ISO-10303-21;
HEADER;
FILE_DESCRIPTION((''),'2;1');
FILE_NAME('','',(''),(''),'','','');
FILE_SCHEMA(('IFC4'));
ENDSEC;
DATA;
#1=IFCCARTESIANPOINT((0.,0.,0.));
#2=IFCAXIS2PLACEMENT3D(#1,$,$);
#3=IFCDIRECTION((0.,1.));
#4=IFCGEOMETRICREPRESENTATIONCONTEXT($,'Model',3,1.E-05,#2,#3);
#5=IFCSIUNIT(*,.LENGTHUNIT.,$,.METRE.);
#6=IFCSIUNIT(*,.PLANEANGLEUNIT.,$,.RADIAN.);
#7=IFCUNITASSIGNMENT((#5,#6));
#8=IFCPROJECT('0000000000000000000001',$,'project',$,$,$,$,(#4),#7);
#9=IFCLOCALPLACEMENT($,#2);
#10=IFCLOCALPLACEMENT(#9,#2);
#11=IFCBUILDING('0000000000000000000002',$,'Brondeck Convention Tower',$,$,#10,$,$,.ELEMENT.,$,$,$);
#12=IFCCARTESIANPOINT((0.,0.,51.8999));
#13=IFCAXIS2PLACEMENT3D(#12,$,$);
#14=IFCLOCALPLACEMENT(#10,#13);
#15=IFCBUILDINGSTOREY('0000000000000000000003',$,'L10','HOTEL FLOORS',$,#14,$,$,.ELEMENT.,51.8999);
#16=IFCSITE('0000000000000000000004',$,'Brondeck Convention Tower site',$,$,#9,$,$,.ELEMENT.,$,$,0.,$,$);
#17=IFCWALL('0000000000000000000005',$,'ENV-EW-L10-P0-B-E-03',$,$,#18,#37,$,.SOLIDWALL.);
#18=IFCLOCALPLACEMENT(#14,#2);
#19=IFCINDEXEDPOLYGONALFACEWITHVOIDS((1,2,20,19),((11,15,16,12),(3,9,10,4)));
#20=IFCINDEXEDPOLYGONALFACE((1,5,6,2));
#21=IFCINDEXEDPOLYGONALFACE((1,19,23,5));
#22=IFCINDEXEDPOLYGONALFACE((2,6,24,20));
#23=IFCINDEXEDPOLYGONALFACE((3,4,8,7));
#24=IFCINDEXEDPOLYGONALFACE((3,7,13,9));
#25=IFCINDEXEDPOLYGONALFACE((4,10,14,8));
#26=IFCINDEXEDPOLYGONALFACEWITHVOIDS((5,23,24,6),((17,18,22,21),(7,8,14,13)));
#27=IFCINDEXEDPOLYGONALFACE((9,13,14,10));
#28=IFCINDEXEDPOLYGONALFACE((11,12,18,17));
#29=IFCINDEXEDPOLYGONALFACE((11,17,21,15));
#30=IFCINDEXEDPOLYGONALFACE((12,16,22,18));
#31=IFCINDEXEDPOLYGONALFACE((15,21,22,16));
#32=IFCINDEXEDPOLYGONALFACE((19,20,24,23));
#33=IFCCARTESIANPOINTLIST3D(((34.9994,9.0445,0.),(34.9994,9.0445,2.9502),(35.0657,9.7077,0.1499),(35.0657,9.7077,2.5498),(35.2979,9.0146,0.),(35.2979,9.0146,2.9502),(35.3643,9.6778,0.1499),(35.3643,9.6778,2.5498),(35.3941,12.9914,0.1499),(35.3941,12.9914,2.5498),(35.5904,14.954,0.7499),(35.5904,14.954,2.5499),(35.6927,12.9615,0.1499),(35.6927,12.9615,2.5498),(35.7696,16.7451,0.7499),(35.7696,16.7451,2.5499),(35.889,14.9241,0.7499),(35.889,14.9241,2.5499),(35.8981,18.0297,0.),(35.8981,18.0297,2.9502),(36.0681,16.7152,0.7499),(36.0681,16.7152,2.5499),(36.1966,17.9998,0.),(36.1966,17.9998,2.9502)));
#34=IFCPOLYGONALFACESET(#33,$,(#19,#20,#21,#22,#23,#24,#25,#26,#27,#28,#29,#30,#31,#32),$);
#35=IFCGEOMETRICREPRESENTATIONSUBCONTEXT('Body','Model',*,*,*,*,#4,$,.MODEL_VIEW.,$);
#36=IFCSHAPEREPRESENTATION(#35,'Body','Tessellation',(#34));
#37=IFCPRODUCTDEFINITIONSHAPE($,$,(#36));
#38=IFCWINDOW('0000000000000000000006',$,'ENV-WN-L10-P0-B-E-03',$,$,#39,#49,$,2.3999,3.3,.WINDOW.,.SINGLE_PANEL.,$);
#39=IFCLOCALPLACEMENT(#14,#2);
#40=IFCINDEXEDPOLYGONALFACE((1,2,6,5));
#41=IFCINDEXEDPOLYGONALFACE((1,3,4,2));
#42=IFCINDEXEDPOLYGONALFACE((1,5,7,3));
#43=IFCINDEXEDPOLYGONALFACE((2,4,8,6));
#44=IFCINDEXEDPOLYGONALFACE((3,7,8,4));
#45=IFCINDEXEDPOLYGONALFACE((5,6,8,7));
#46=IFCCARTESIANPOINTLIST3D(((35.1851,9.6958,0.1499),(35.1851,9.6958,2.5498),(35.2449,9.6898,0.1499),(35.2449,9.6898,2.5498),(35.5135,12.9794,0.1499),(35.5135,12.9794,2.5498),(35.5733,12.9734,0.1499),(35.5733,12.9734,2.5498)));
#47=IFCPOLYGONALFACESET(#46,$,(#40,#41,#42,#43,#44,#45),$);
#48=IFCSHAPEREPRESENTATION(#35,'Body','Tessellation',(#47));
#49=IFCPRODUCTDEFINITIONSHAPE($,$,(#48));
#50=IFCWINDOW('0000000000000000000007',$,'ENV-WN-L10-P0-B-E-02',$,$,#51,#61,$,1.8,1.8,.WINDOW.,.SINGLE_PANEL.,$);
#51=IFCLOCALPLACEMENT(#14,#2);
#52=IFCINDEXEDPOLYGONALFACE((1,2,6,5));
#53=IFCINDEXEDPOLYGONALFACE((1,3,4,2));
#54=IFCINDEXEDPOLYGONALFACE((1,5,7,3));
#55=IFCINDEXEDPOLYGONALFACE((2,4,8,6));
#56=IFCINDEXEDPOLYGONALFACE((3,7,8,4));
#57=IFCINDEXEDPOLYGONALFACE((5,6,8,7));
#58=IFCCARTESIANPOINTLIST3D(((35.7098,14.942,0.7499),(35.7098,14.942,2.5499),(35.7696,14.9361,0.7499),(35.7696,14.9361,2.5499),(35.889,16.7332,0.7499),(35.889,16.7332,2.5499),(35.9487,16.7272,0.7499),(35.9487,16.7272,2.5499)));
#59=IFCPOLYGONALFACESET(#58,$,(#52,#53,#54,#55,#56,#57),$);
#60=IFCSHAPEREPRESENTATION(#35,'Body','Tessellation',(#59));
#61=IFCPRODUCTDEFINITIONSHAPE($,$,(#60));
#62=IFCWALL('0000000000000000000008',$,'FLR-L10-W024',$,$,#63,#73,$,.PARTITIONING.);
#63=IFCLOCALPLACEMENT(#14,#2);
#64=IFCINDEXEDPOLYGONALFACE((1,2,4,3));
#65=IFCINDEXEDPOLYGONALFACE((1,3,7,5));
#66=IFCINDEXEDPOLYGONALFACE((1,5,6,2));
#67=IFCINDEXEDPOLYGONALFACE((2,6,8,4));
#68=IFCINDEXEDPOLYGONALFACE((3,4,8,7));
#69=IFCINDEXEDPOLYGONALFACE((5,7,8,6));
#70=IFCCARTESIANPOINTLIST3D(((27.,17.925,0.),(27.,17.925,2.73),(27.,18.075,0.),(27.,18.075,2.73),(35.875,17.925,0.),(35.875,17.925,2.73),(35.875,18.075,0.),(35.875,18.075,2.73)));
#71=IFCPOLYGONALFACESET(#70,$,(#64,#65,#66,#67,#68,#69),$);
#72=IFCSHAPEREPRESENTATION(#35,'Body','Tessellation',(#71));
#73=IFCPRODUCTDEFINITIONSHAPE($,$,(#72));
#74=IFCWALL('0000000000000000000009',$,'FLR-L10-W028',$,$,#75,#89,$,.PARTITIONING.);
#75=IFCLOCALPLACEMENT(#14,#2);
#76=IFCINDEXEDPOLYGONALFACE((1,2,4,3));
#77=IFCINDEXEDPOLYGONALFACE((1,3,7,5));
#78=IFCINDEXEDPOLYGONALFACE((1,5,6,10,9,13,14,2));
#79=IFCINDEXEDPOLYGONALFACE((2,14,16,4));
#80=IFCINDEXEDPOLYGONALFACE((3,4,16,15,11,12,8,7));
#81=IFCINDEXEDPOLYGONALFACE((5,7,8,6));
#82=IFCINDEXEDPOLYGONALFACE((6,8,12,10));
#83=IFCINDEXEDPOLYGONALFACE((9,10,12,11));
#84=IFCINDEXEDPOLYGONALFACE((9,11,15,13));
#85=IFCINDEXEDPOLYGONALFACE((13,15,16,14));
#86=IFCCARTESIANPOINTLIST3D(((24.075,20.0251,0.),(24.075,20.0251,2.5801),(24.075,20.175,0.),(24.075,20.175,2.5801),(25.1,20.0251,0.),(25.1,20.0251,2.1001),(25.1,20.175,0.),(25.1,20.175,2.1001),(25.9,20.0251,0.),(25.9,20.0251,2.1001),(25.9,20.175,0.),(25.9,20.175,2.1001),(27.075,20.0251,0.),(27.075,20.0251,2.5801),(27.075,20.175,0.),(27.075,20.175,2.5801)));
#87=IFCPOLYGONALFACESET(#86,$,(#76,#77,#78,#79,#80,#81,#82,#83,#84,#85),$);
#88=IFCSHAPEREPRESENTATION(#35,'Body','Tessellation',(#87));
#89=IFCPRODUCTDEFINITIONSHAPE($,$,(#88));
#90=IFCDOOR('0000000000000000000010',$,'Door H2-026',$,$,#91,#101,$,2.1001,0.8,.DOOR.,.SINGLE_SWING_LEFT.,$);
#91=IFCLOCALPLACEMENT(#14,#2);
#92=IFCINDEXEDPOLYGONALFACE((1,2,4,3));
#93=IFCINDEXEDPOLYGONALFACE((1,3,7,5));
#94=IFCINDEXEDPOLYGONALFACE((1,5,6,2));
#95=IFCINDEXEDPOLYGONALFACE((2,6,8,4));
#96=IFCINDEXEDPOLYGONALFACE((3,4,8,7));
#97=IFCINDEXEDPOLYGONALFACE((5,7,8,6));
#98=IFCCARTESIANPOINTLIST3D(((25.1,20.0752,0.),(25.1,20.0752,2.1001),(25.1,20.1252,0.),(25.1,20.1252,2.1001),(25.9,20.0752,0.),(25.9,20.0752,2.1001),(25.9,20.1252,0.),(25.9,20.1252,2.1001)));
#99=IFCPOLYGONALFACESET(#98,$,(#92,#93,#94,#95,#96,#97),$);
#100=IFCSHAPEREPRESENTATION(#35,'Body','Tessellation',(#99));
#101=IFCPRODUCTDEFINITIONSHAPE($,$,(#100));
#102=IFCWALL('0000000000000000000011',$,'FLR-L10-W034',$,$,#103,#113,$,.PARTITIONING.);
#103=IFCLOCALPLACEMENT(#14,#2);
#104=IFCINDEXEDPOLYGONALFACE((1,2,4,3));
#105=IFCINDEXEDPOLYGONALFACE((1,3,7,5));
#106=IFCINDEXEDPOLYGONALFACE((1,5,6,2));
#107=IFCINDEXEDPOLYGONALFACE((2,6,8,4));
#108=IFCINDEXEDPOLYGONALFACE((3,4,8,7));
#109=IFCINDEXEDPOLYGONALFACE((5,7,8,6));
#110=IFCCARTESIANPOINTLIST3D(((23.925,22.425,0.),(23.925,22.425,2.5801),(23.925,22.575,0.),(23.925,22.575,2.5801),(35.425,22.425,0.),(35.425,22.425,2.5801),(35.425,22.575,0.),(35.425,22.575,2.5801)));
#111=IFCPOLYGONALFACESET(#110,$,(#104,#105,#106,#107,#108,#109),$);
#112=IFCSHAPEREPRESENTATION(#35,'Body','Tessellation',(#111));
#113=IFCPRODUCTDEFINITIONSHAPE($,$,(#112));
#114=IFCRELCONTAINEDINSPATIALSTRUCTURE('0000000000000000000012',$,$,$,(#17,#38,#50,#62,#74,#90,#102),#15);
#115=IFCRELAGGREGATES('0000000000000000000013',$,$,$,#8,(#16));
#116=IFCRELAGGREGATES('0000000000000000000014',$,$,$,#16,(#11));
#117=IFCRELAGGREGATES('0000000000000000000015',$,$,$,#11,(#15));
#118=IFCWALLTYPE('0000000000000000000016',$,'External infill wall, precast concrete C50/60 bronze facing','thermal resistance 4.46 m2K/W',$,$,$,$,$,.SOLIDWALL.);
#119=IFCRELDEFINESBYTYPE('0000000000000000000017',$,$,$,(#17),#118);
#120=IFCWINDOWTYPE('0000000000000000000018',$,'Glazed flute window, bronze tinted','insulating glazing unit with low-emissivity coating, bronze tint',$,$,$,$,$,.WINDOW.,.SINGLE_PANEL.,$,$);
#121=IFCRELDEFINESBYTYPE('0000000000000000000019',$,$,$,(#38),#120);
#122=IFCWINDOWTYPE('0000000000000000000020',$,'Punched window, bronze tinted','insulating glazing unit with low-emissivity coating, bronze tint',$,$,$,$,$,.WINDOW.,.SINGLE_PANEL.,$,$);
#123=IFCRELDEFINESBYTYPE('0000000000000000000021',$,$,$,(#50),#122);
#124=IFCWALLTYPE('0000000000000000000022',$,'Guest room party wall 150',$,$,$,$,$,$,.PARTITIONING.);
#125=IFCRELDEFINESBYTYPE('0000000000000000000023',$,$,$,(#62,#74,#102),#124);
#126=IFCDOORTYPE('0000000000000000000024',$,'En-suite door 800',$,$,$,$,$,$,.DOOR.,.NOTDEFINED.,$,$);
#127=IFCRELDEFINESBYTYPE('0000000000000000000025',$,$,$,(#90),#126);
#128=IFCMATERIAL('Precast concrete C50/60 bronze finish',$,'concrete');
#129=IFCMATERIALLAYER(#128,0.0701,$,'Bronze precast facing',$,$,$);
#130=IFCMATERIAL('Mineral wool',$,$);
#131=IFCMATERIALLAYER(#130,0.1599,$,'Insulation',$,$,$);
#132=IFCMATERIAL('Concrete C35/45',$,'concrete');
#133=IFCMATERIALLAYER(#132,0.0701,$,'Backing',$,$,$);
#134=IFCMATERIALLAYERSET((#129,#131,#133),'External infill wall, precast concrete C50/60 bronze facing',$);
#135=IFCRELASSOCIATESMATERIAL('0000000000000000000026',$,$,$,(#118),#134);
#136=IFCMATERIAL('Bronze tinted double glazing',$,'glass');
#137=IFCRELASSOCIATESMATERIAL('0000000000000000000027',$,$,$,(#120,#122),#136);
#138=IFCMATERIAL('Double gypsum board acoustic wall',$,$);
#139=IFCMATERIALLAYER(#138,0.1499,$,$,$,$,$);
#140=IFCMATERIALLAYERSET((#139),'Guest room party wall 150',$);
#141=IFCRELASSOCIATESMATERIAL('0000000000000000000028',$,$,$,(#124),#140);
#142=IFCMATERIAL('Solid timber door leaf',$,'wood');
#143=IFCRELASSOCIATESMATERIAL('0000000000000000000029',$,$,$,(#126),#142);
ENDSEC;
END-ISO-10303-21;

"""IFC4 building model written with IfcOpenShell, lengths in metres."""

from ifc_helpers import new_model, si_unit, direction, frame, frame_2d, origin, place, context, subcontext, project, spatial, rectangle, extrude, material, layer, layer_set, type_object, element, fill, save


model = new_model("IFC4")

# Units and contexts
model_context = context("Model", 3, precision=1e-05, world=origin(), true_north=direction((0.0, 1.0)))
body_context = subcontext(model_context, "Body", "Model", "MODEL_VIEW")
ifc_project = project(units=[si_unit("LENGTHUNIT", "METRE"), si_unit("PLANEANGLEUNIT", "RADIAN")], contexts=[model_context])

# Site, building, storey
site_placement = place(None, origin())
site = spatial("IfcSite", under=ifc_project, at=site_placement, Name="Brondeck Convention Tower site", CompositionType="ELEMENT", RefElevation=0.0)
building_placement = place(site_placement, origin())
building = spatial("IfcBuilding", under=site, at=building_placement, Name="Brondeck Convention Tower", CompositionType="ELEMENT")
storey_placement = place(building_placement, frame((0.0, 0.0, 51.8999)))
storey = spatial("IfcBuildingStorey", under=building, at=storey_placement, Name="L10", Description="HOTEL FLOORS", CompositionType="ELEMENT", Elevation=51.8999)

# Wall, openings, windows
ifc_material_1 = material(Name="Precast concrete C50/60 bronze finish", Category="concrete")
ifc_layer_1 = layer(ifc_material_1, 0.0701, Name="Bronze precast facing")
ifc_material_2 = material(Name="Mineral wool")
ifc_layer_2 = layer(ifc_material_2, 0.1599, Name="Insulation")
ifc_material_3 = material(Name="Concrete C35/45", Category="concrete")
ifc_layer_3 = layer(ifc_material_3, 0.0701, Name="Backing")
ifc_layer_set_1 = layer_set([ifc_layer_1, ifc_layer_2, ifc_layer_3], Name="External infill wall, precast concrete C50/60 bronze facing")
wall_type_1 = type_object("IfcWallType", Name="External infill wall, precast concrete C50/60 bronze facing", Description="thermal resistance 4.46 m2K/W", PredefinedType="SOLIDWALL", material=ifc_layer_set_1)
wall_1_placement = place(storey_placement, frame((36.0474, 18.0149, 0.0), z_axis=(0.0, 0.0, 1.0), x_axis=(-0.099522, -0.995035, 0.0)))
wall_1 = element("IfcWall", 1, at=wall_1_placement, inside=storey, type_object=wall_type_1, Name="ENV-EW-L10-P0-B-E-03", PredefinedType="SOLIDWALL", context=body_context, shape_type="SweptSolid", body=[
    extrude(rectangle(XDim=9.03, YDim=0.3, at=frame_2d((4.5151, 0.0))), origin(), (0.0, 0.0, 1.0), 2.9502),
])
opening_1_placement = place(wall_1_placement, frame((1.2913, 0.0, 0.75)))
opening_1 = element("IfcOpeningElement", 2, at=opening_1_placement, cuts=wall_1, PredefinedType="OPENING", context=body_context, shape_type="SweptSolid", body=[
    extrude(rectangle(XDim=1.8, YDim=1.8, at=frame_2d((0.8999, 0.8999))), frame((0.0, 0.1599, 0.0), z_axis=(0.0, -1.0, 0.0), x_axis=(1.0, 0.0, 0.0)), (0.0, 0.0, 1.0), 0.3201),
])
opening_2_placement = place(wall_1_placement, frame((5.0637, 0.0, 0.1499)))
opening_2 = element("IfcOpeningElement", 3, at=opening_2_placement, cuts=wall_1, PredefinedType="OPENING", context=body_context, shape_type="SweptSolid", body=[
    extrude(rectangle(XDim=3.3, YDim=2.3999, at=frame_2d((1.6499, 1.2))), frame((0.0, 0.1599, 0.0), z_axis=(0.0, -1.0, 0.0), x_axis=(1.0, 0.0, 0.0)), (0.0, 0.0, 1.0), 0.3201),
])
ifc_material_4 = material(Name="Bronze tinted double glazing", Category="glass")
window_type_1 = type_object("IfcWindowType", Name="Glazed flute window, bronze tinted", Description="insulating glazing unit with low-emissivity coating, bronze tint", PartitioningType="SINGLE_PANEL", PredefinedType="WINDOW", material=ifc_material_4)
window_1_placement = place(opening_2_placement, origin())
window_1 = element("IfcWindow", 4, at=window_1_placement, inside=storey, type_object=window_type_1, Name="ENV-WN-L10-P0-B-E-03", OverallHeight=2.3999, OverallWidth=3.3, PartitioningType="SINGLE_PANEL", PredefinedType="WINDOW", context=body_context, shape_type="SweptSolid", body=[
    extrude(rectangle(XDim=3.3, YDim=2.3999, at=frame_2d((1.6499, 1.2))), frame((0.0, 0.03, 0.0), z_axis=(0.0, -1.0, 0.0), x_axis=(1.0, 0.0, 0.0)), (0.0, 0.0, 1.0), 0.0601),
])
fill(opening_2, window_1)
window_type_2 = type_object("IfcWindowType", Name="Punched window, bronze tinted", Description="insulating glazing unit with low-emissivity coating, bronze tint", PartitioningType="SINGLE_PANEL", PredefinedType="WINDOW", material=ifc_material_4)
window_2_placement = place(opening_1_placement, origin())
window_2 = element("IfcWindow", 5, at=window_2_placement, inside=storey, type_object=window_type_2, Name="ENV-WN-L10-P0-B-E-02", OverallHeight=1.8, OverallWidth=1.8, PartitioningType="SINGLE_PANEL", PredefinedType="WINDOW", context=body_context, shape_type="SweptSolid", body=[
    extrude(rectangle(XDim=1.8, YDim=1.8, at=frame_2d((0.8999, 0.8999))), frame((0.0, 0.03, 0.0), z_axis=(0.0, -1.0, 0.0), x_axis=(1.0, 0.0, 0.0)), (0.0, 0.0, 1.0), 0.0601),
])
fill(opening_1, window_2)

# Wall
ifc_material_5 = material(Name="Double gypsum board acoustic wall")
ifc_layer_4 = layer(ifc_material_5, 0.1499)
ifc_layer_set_2 = layer_set([ifc_layer_4], Name="Guest room party wall 150")
wall_type_2 = type_object("IfcWallType", Name="Guest room party wall 150", PredefinedType="PARTITIONING", material=ifc_layer_set_2)
wall_2_placement = place(storey_placement, frame((35.875, 18.0, 0.0), z_axis=(0.0, 0.0, 1.0), x_axis=(-1.0, 0.0, 0.0)))
element("IfcWall", 6, at=wall_2_placement, inside=storey, type_object=wall_type_2, Name="FLR-L10-W024", PredefinedType="PARTITIONING", context=body_context, shape_type="SweptSolid", body=[
    extrude(rectangle(XDim=8.875, YDim=0.1499, at=frame_2d((4.4375, 0.0))), origin(), (0.0, 0.0, 1.0), 2.73),
])

# Wall, opening, door
wall_3_placement = place(storey_placement, frame((27.075, 20.1001, 0.0), z_axis=(0.0, 0.0, 1.0), x_axis=(-1.0, 0.0, 0.0)))
wall_3 = element("IfcWall", 7, at=wall_3_placement, inside=storey, type_object=wall_type_2, Name="FLR-L10-W028", PredefinedType="PARTITIONING", context=body_context, shape_type="SweptSolid", body=[
    extrude(rectangle(XDim=3.0, YDim=0.1499, at=frame_2d((1.5, 0.0))), origin(), (0.0, 0.0, 1.0), 2.5801),
])
opening_3_placement = place(wall_3_placement, frame((1.175, 0.0, 0.0)))
opening_3 = element("IfcOpeningElement", 8, at=opening_3_placement, cuts=wall_3, PredefinedType="OPENING", context=body_context, shape_type="SweptSolid", body=[
    extrude(rectangle(XDim=0.8, YDim=2.1001, at=frame_2d((0.3999, 1.05))), frame((0.0, 0.085, 0.0), z_axis=(0.0, -1.0, 0.0), x_axis=(1.0, 0.0, 0.0)), (0.0, 0.0, 1.0), 0.1699),
])
ifc_material_6 = material(Name="Solid timber door leaf", Category="wood")
door_type_1 = type_object("IfcDoorType", Name="En-suite door 800", OperationType="NOTDEFINED", PredefinedType="DOOR", material=ifc_material_6)
door_1_placement = place(opening_3_placement, origin())
door_1 = element("IfcDoor", 9, at=door_1_placement, inside=storey, type_object=door_type_1, Name="Door H2-026", OperationType="SINGLE_SWING_LEFT", OverallHeight=2.1001, OverallWidth=0.8, PredefinedType="DOOR", context=body_context, shape_type="SweptSolid", body=[
    extrude(rectangle(XDim=0.8, YDim=2.1001, at=frame_2d((0.3999, 1.05))), frame((0.0, 0.0249, 0.0), z_axis=(0.0, -1.0, 0.0), x_axis=(1.0, 0.0, 0.0)), (0.0, 0.0, 1.0), 0.05),
])
fill(opening_3, door_1)

# Wall
wall_4_placement = place(storey_placement, frame((35.425, 22.5, 0.0), z_axis=(0.0, 0.0, 1.0), x_axis=(-1.0, 0.0, 0.0)))
element("IfcWall", 10, at=wall_4_placement, inside=storey, type_object=wall_type_2, Name="FLR-L10-W034", PredefinedType="PARTITIONING", context=body_context, shape_type="SweptSolid", body=[
    extrude(rectangle(XDim=11.5, YDim=0.1499, at=frame_2d((5.75, 0.0))), origin(), (0.0, 0.0, 1.0), 2.5801),
])

save(model, "model.ifc")
